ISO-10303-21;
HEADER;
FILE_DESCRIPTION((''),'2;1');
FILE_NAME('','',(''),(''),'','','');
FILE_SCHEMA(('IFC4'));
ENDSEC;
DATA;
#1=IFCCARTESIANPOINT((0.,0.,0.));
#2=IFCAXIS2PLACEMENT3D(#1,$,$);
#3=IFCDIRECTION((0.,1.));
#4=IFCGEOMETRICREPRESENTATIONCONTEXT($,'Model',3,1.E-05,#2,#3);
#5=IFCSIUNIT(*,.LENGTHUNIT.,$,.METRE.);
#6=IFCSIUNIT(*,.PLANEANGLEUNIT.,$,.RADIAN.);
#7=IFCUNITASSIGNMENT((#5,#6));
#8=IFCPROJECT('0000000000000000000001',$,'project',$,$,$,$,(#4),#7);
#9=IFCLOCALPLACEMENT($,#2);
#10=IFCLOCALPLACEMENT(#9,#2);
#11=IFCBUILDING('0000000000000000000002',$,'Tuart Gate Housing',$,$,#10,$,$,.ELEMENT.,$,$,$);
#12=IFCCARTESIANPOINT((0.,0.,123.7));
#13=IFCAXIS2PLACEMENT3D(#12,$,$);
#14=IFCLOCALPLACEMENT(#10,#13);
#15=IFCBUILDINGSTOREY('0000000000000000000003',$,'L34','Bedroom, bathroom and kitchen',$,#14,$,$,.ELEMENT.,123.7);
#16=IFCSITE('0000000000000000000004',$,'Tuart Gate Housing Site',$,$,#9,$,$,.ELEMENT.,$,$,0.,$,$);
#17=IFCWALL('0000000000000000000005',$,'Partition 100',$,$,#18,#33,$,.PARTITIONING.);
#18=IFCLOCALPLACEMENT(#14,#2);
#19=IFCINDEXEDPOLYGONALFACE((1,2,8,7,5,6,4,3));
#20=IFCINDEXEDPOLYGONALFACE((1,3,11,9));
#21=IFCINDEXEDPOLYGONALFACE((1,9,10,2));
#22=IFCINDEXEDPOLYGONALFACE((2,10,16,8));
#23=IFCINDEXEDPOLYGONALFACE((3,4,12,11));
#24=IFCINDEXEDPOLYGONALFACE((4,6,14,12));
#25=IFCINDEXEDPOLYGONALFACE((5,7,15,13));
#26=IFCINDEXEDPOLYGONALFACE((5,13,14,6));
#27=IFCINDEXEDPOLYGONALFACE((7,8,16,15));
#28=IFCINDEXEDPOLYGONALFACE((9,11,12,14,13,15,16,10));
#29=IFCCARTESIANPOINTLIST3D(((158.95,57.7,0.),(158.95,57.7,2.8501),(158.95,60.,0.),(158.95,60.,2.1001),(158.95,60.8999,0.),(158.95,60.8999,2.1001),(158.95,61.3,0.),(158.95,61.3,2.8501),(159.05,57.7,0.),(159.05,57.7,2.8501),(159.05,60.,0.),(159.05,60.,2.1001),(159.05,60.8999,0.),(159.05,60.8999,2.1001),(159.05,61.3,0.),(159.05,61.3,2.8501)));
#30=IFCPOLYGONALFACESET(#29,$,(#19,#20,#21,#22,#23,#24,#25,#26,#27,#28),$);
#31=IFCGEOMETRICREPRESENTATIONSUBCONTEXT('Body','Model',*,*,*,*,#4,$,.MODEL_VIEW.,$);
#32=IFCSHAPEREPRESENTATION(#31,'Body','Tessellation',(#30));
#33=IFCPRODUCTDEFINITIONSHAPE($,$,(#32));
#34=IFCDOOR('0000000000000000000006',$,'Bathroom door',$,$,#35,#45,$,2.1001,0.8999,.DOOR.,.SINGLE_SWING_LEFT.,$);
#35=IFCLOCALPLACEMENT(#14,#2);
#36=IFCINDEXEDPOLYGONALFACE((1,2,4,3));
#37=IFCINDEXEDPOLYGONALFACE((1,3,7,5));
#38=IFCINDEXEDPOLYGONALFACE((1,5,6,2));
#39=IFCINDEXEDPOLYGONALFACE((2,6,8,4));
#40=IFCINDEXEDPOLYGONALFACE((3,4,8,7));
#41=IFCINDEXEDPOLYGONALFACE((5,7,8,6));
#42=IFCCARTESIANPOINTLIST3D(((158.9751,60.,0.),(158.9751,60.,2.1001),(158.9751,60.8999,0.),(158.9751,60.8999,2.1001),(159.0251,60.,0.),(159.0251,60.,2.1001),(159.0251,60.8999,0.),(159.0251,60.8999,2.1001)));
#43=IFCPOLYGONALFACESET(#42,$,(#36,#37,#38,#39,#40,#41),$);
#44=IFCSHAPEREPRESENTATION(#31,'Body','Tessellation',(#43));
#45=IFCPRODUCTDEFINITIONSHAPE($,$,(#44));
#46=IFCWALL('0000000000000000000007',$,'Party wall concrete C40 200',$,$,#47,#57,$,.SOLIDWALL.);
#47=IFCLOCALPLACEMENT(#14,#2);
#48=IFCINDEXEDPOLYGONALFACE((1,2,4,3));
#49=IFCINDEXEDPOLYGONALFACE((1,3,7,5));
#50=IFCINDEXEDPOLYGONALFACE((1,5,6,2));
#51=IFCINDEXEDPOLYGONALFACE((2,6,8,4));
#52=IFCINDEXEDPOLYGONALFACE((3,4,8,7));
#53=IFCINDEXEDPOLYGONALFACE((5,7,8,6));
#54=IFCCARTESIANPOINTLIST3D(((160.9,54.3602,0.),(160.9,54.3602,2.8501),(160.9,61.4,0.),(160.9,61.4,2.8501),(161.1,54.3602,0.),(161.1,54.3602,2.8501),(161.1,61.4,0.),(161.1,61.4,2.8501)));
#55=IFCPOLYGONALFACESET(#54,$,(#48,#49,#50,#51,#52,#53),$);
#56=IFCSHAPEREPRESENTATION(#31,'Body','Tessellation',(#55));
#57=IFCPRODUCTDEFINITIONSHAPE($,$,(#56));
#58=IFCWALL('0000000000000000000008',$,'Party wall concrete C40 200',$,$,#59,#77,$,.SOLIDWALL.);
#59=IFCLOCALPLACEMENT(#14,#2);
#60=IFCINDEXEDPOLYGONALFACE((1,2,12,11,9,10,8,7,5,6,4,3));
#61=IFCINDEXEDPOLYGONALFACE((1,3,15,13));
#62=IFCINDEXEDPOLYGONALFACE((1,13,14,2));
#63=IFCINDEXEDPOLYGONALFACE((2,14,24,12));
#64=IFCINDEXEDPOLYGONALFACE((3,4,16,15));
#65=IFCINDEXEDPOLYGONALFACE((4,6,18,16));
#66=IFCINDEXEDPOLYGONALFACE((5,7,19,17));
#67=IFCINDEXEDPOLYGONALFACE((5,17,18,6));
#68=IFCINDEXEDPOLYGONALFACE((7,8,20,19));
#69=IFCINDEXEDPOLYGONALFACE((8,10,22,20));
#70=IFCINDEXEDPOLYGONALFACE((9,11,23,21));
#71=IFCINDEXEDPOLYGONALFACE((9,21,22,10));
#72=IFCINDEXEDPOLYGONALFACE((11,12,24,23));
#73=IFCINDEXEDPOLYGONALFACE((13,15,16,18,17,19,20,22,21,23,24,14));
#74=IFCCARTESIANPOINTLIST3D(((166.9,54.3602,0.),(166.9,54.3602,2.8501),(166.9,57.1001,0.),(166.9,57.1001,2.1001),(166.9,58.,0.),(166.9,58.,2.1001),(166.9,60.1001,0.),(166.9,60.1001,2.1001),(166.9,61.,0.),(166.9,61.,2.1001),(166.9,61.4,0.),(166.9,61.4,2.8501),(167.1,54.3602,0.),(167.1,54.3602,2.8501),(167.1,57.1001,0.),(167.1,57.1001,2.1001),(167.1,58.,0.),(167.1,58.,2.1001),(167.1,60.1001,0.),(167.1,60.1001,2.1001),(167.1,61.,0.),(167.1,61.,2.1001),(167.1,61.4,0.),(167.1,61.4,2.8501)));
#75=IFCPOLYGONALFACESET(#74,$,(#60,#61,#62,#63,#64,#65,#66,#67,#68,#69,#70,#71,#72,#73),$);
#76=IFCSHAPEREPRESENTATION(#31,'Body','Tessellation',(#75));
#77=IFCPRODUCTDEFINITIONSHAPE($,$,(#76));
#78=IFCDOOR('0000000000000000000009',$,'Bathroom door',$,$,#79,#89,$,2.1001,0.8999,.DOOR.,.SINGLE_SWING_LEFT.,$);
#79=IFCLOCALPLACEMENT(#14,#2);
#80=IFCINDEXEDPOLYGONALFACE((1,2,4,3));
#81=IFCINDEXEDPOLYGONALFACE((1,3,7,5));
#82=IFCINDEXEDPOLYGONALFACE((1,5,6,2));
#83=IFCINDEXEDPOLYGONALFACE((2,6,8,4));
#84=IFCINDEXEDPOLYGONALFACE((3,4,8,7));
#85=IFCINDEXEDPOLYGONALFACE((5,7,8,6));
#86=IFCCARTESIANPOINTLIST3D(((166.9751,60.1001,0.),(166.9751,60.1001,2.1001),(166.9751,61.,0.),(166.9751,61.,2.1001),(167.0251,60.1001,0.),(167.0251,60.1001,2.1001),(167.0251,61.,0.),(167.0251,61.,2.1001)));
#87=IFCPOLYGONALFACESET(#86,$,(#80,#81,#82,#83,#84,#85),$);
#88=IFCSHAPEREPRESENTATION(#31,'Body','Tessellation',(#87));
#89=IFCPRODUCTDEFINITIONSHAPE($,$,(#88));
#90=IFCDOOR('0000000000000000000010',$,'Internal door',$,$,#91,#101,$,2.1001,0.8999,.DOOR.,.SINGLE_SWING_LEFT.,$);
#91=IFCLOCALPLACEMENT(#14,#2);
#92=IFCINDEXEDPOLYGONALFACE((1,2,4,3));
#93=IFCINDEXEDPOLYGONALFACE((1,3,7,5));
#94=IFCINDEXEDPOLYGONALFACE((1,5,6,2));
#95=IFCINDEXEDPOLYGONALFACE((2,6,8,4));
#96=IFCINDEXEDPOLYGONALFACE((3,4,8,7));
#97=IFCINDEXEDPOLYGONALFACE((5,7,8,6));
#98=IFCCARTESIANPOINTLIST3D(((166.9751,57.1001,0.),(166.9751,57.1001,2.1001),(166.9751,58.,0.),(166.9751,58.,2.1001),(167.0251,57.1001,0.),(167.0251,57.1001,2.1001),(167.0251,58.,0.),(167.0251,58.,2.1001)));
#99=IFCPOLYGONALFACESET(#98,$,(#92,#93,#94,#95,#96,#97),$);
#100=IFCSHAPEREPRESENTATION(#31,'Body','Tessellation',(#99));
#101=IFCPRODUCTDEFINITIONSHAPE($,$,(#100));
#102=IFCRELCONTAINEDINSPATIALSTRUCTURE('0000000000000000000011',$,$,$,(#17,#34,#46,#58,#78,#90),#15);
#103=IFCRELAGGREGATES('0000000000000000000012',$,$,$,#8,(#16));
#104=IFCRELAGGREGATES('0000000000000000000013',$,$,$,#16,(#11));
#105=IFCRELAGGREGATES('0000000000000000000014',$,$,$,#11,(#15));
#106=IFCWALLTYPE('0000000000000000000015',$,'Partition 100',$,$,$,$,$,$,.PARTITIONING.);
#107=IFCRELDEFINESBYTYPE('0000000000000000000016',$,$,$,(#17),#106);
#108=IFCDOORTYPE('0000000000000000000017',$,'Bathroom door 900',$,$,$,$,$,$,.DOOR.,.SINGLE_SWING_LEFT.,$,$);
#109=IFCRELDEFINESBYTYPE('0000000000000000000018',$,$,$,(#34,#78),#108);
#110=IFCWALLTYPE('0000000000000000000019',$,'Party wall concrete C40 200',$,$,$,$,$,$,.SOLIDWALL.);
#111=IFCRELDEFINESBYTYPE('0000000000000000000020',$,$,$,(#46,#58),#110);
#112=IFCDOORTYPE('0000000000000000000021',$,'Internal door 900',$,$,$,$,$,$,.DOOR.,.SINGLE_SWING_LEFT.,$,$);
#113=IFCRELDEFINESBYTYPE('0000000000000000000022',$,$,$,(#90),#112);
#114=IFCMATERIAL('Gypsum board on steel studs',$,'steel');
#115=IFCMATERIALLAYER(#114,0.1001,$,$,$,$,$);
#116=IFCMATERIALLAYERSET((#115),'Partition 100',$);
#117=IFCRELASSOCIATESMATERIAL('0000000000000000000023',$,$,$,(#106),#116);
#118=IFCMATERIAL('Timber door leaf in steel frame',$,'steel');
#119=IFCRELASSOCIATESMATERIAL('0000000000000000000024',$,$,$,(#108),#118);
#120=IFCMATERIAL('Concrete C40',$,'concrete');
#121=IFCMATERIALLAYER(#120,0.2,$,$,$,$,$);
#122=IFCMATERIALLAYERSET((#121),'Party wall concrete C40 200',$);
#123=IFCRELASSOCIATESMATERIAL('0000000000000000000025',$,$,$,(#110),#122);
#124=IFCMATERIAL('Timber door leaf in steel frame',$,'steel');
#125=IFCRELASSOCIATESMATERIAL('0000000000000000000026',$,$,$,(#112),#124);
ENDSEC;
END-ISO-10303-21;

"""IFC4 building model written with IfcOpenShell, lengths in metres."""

from ifc_helpers import new_model, si_unit, direction, frame, frame_2d, origin, place, context, subcontext, project, spatial, rectangle, extrude, material, layer, layer_set, type_object, element, fill, save


model = new_model("IFC4")

# Units and contexts
model_context = context("Model", 3, precision=1e-05, world=origin(), true_north=direction((0.0, 1.0)))
body_context = subcontext(model_context, "Body", "Model", "MODEL_VIEW")
ifc_project = project(units=[si_unit("LENGTHUNIT", "METRE"), si_unit("PLANEANGLEUNIT", "RADIAN")], contexts=[model_context])

# Site, building, storey
site_placement = place(None, origin())
site = spatial("IfcSite", under=ifc_project, at=site_placement, Name="Tuart Gate Housing Site", CompositionType="ELEMENT", RefElevation=0.0)
building_placement = place(site_placement, origin())
building = spatial("IfcBuilding", under=site, at=building_placement, Name="Tuart Gate Housing", CompositionType="ELEMENT")
storey_placement = place(building_placement, frame((0.0, 0.0, 123.7)))
storey = spatial("IfcBuildingStorey", under=building, at=storey_placement, Name="L34", Description="Bedroom, bathroom and kitchen", CompositionType="ELEMENT", Elevation=123.7)

# Wall, opening, door
ifc_material_1 = material(Name="Gypsum board on steel studs", Category="steel")
ifc_layer_1 = layer(ifc_material_1, 0.1001)
ifc_layer_set_1 = layer_set([ifc_layer_1], Name="Partition 100")
wall_type_1 = type_object("IfcWallType", Name="Partition 100", PredefinedType="PARTITIONING", material=ifc_layer_set_1)
wall_1_placement = place(storey_placement, frame((159.0, 57.7, 0.0), z_axis=(0.0, 0.0, 1.0), x_axis=(0.0, 1.0, 0.0)))
wall_1 = element("IfcWall", 1, at=wall_1_placement, inside=storey, type_object=wall_type_1, Name="Partition 100", PredefinedType="PARTITIONING", context=body_context, shape_type="SweptSolid", body=[
    extrude(rectangle(XDim=3.6001, YDim=0.1001, at=frame_2d((1.8, 0.0))), origin(), (0.0, 0.0, 1.0), 2.8501),
])
opening_1_placement = place(wall_1_placement, frame((2.3, 0.0, 0.0)))
opening_1 = element("IfcOpeningElement", 2, at=opening_1_placement, cuts=wall_1, PredefinedType="OPENING", context=body_context, shape_type="SweptSolid", body=[
    extrude(rectangle(XDim=0.8999, YDim=2.1001, at=frame_2d((0.45, 1.05))), frame((0.0, 0.0601, 0.0), z_axis=(0.0, -1.0, 0.0), x_axis=(1.0, 0.0, 0.0)), (0.0, 0.0, 1.0), 0.1201),
])
ifc_material_2 = material(Name="Timber door leaf in steel frame", Category="steel")
door_type_1 = type_object("IfcDoorType", Name="Bathroom door 900", OperationType="SINGLE_SWING_LEFT", PredefinedType="DOOR", material=ifc_material_2)
door_1_placement = place(opening_1_placement, frame((0.8999, 0.0, 0.0), z_axis=(0.0, 0.0, 1.0), x_axis=(-1.0, 0.0, 0.0)))
door_1 = element("IfcDoor", 3, at=door_1_placement, inside=storey, type_object=door_type_1, Name="Bathroom door", OperationType="SINGLE_SWING_LEFT", OverallHeight=2.1001, OverallWidth=0.8999, PredefinedType="DOOR", context=body_context, shape_type="SweptSolid", body=[
    extrude(rectangle(XDim=0.8999, YDim=2.1001, at=frame_2d((0.45, 1.05))), frame((0.0, 0.0251, 0.0), z_axis=(0.0, -1.0, 0.0), x_axis=(1.0, 0.0, 0.0)), (0.0, 0.0, 1.0), 0.05),
])
fill(opening_1, door_1)

# Wall
ifc_material_3 = material(Name="Concrete C40", Category="concrete")
ifc_layer_2 = layer(ifc_material_3, 0.2)
ifc_layer_set_2 = layer_set([ifc_layer_2], Name="Party wall concrete C40 200")
wall_type_2 = type_object("IfcWallType", Name="Party wall concrete C40 200", PredefinedType="SOLIDWALL", material=ifc_layer_set_2)
wall_2_placement = place(storey_placement, frame((161.0, 54.3601, 0.0), z_axis=(0.0, 0.0, 1.0), x_axis=(0.0, 1.0, 0.0)))
element("IfcWall", 4, at=wall_2_placement, inside=storey, type_object=wall_type_2, Name="Party wall concrete C40 200", PredefinedType="SOLIDWALL", context=body_context, shape_type="SweptSolid", body=[
    extrude(rectangle(XDim=7.0398, YDim=0.2, at=frame_2d((3.52, 0.0))), origin(), (0.0, 0.0, 1.0), 2.8501),
])

# Wall, openings, doors
wall_3_placement = place(storey_placement, frame((167.0, 54.3601, 0.0), z_axis=(0.0, 0.0, 1.0), x_axis=(0.0, 1.0, 0.0)))
wall_3 = element("IfcWall", 5, at=wall_3_placement, inside=storey, type_object=wall_type_2, Name="Party wall concrete C40 200", PredefinedType="SOLIDWALL", context=body_context, shape_type="SweptSolid", body=[
    extrude(rectangle(XDim=7.0398, YDim=0.2, at=frame_2d((3.52, 0.0))), origin(), (0.0, 0.0, 1.0), 2.8501),
])
opening_2_placement = place(wall_3_placement, frame((2.74, 0.0, 0.0)))
opening_2 = element("IfcOpeningElement", 6, at=opening_2_placement, cuts=wall_3, PredefinedType="OPENING", context=body_context, shape_type="SweptSolid", body=[
    extrude(rectangle(XDim=0.8999, YDim=2.1001, at=frame_2d((0.45, 1.05))), frame((0.0, 0.1099, 0.0), z_axis=(0.0, -1.0, 0.0), x_axis=(1.0, 0.0, 0.0)), (0.0, 0.0, 1.0), 0.22),
])
opening_3_placement = place(wall_3_placement, frame((5.74, 0.0, 0.0)))
opening_3 = element("IfcOpeningElement", 7, at=opening_3_placement, cuts=wall_3, PredefinedType="OPENING", context=body_context, shape_type="SweptSolid", body=[
    extrude(rectangle(XDim=0.8999, YDim=2.1001, at=frame_2d((0.45, 1.05))), frame((0.0, 0.1099, 0.0), z_axis=(0.0, -1.0, 0.0), x_axis=(1.0, 0.0, 0.0)), (0.0, 0.0, 1.0), 0.22),
])
door_2_placement = place(opening_3_placement, frame((0.8999, 0.0, 0.0), z_axis=(0.0, 0.0, 1.0), x_axis=(-1.0, 0.0, 0.0)))
door_2 = element("IfcDoor", 8, at=door_2_placement, inside=storey, type_object=door_type_1, Name="Bathroom door", OperationType="SINGLE_SWING_LEFT", OverallHeight=2.1001, OverallWidth=0.8999, PredefinedType="DOOR", context=body_context, shape_type="SweptSolid", body=[
    extrude(rectangle(XDim=0.8999, YDim=2.1001, at=frame_2d((0.45, 1.05))), frame((0.0, 0.0251, 0.0), z_axis=(0.0, -1.0, 0.0), x_axis=(1.0, 0.0, 0.0)), (0.0, 0.0, 1.0), 0.05),
])
fill(opening_3, door_2)
ifc_material_4 = material(Name="Timber door leaf in steel frame", Category="steel")
door_type_2 = type_object("IfcDoorType", Name="Internal door 900", OperationType="SINGLE_SWING_LEFT", PredefinedType="DOOR", material=ifc_material_4)
door_3_placement = place(opening_2_placement, frame((0.8999, 0.0, 0.0), z_axis=(0.0, 0.0, 1.0), x_axis=(-1.0, 0.0, 0.0)))
door_3 = element("IfcDoor", 9, at=door_3_placement, inside=storey, type_object=door_type_2, Name="Internal door", OperationType="SINGLE_SWING_LEFT", OverallHeight=2.1001, OverallWidth=0.8999, PredefinedType="DOOR", context=body_context, shape_type="SweptSolid", body=[
    extrude(rectangle(XDim=0.8999, YDim=2.1001, at=frame_2d((0.45, 1.05))), frame((0.0, 0.0251, 0.0), z_axis=(0.0, -1.0, 0.0), x_axis=(1.0, 0.0, 0.0)), (0.0, 0.0, 1.0), 0.05),
])
fill(opening_2, door_3)

save(model, "model.ifc")
